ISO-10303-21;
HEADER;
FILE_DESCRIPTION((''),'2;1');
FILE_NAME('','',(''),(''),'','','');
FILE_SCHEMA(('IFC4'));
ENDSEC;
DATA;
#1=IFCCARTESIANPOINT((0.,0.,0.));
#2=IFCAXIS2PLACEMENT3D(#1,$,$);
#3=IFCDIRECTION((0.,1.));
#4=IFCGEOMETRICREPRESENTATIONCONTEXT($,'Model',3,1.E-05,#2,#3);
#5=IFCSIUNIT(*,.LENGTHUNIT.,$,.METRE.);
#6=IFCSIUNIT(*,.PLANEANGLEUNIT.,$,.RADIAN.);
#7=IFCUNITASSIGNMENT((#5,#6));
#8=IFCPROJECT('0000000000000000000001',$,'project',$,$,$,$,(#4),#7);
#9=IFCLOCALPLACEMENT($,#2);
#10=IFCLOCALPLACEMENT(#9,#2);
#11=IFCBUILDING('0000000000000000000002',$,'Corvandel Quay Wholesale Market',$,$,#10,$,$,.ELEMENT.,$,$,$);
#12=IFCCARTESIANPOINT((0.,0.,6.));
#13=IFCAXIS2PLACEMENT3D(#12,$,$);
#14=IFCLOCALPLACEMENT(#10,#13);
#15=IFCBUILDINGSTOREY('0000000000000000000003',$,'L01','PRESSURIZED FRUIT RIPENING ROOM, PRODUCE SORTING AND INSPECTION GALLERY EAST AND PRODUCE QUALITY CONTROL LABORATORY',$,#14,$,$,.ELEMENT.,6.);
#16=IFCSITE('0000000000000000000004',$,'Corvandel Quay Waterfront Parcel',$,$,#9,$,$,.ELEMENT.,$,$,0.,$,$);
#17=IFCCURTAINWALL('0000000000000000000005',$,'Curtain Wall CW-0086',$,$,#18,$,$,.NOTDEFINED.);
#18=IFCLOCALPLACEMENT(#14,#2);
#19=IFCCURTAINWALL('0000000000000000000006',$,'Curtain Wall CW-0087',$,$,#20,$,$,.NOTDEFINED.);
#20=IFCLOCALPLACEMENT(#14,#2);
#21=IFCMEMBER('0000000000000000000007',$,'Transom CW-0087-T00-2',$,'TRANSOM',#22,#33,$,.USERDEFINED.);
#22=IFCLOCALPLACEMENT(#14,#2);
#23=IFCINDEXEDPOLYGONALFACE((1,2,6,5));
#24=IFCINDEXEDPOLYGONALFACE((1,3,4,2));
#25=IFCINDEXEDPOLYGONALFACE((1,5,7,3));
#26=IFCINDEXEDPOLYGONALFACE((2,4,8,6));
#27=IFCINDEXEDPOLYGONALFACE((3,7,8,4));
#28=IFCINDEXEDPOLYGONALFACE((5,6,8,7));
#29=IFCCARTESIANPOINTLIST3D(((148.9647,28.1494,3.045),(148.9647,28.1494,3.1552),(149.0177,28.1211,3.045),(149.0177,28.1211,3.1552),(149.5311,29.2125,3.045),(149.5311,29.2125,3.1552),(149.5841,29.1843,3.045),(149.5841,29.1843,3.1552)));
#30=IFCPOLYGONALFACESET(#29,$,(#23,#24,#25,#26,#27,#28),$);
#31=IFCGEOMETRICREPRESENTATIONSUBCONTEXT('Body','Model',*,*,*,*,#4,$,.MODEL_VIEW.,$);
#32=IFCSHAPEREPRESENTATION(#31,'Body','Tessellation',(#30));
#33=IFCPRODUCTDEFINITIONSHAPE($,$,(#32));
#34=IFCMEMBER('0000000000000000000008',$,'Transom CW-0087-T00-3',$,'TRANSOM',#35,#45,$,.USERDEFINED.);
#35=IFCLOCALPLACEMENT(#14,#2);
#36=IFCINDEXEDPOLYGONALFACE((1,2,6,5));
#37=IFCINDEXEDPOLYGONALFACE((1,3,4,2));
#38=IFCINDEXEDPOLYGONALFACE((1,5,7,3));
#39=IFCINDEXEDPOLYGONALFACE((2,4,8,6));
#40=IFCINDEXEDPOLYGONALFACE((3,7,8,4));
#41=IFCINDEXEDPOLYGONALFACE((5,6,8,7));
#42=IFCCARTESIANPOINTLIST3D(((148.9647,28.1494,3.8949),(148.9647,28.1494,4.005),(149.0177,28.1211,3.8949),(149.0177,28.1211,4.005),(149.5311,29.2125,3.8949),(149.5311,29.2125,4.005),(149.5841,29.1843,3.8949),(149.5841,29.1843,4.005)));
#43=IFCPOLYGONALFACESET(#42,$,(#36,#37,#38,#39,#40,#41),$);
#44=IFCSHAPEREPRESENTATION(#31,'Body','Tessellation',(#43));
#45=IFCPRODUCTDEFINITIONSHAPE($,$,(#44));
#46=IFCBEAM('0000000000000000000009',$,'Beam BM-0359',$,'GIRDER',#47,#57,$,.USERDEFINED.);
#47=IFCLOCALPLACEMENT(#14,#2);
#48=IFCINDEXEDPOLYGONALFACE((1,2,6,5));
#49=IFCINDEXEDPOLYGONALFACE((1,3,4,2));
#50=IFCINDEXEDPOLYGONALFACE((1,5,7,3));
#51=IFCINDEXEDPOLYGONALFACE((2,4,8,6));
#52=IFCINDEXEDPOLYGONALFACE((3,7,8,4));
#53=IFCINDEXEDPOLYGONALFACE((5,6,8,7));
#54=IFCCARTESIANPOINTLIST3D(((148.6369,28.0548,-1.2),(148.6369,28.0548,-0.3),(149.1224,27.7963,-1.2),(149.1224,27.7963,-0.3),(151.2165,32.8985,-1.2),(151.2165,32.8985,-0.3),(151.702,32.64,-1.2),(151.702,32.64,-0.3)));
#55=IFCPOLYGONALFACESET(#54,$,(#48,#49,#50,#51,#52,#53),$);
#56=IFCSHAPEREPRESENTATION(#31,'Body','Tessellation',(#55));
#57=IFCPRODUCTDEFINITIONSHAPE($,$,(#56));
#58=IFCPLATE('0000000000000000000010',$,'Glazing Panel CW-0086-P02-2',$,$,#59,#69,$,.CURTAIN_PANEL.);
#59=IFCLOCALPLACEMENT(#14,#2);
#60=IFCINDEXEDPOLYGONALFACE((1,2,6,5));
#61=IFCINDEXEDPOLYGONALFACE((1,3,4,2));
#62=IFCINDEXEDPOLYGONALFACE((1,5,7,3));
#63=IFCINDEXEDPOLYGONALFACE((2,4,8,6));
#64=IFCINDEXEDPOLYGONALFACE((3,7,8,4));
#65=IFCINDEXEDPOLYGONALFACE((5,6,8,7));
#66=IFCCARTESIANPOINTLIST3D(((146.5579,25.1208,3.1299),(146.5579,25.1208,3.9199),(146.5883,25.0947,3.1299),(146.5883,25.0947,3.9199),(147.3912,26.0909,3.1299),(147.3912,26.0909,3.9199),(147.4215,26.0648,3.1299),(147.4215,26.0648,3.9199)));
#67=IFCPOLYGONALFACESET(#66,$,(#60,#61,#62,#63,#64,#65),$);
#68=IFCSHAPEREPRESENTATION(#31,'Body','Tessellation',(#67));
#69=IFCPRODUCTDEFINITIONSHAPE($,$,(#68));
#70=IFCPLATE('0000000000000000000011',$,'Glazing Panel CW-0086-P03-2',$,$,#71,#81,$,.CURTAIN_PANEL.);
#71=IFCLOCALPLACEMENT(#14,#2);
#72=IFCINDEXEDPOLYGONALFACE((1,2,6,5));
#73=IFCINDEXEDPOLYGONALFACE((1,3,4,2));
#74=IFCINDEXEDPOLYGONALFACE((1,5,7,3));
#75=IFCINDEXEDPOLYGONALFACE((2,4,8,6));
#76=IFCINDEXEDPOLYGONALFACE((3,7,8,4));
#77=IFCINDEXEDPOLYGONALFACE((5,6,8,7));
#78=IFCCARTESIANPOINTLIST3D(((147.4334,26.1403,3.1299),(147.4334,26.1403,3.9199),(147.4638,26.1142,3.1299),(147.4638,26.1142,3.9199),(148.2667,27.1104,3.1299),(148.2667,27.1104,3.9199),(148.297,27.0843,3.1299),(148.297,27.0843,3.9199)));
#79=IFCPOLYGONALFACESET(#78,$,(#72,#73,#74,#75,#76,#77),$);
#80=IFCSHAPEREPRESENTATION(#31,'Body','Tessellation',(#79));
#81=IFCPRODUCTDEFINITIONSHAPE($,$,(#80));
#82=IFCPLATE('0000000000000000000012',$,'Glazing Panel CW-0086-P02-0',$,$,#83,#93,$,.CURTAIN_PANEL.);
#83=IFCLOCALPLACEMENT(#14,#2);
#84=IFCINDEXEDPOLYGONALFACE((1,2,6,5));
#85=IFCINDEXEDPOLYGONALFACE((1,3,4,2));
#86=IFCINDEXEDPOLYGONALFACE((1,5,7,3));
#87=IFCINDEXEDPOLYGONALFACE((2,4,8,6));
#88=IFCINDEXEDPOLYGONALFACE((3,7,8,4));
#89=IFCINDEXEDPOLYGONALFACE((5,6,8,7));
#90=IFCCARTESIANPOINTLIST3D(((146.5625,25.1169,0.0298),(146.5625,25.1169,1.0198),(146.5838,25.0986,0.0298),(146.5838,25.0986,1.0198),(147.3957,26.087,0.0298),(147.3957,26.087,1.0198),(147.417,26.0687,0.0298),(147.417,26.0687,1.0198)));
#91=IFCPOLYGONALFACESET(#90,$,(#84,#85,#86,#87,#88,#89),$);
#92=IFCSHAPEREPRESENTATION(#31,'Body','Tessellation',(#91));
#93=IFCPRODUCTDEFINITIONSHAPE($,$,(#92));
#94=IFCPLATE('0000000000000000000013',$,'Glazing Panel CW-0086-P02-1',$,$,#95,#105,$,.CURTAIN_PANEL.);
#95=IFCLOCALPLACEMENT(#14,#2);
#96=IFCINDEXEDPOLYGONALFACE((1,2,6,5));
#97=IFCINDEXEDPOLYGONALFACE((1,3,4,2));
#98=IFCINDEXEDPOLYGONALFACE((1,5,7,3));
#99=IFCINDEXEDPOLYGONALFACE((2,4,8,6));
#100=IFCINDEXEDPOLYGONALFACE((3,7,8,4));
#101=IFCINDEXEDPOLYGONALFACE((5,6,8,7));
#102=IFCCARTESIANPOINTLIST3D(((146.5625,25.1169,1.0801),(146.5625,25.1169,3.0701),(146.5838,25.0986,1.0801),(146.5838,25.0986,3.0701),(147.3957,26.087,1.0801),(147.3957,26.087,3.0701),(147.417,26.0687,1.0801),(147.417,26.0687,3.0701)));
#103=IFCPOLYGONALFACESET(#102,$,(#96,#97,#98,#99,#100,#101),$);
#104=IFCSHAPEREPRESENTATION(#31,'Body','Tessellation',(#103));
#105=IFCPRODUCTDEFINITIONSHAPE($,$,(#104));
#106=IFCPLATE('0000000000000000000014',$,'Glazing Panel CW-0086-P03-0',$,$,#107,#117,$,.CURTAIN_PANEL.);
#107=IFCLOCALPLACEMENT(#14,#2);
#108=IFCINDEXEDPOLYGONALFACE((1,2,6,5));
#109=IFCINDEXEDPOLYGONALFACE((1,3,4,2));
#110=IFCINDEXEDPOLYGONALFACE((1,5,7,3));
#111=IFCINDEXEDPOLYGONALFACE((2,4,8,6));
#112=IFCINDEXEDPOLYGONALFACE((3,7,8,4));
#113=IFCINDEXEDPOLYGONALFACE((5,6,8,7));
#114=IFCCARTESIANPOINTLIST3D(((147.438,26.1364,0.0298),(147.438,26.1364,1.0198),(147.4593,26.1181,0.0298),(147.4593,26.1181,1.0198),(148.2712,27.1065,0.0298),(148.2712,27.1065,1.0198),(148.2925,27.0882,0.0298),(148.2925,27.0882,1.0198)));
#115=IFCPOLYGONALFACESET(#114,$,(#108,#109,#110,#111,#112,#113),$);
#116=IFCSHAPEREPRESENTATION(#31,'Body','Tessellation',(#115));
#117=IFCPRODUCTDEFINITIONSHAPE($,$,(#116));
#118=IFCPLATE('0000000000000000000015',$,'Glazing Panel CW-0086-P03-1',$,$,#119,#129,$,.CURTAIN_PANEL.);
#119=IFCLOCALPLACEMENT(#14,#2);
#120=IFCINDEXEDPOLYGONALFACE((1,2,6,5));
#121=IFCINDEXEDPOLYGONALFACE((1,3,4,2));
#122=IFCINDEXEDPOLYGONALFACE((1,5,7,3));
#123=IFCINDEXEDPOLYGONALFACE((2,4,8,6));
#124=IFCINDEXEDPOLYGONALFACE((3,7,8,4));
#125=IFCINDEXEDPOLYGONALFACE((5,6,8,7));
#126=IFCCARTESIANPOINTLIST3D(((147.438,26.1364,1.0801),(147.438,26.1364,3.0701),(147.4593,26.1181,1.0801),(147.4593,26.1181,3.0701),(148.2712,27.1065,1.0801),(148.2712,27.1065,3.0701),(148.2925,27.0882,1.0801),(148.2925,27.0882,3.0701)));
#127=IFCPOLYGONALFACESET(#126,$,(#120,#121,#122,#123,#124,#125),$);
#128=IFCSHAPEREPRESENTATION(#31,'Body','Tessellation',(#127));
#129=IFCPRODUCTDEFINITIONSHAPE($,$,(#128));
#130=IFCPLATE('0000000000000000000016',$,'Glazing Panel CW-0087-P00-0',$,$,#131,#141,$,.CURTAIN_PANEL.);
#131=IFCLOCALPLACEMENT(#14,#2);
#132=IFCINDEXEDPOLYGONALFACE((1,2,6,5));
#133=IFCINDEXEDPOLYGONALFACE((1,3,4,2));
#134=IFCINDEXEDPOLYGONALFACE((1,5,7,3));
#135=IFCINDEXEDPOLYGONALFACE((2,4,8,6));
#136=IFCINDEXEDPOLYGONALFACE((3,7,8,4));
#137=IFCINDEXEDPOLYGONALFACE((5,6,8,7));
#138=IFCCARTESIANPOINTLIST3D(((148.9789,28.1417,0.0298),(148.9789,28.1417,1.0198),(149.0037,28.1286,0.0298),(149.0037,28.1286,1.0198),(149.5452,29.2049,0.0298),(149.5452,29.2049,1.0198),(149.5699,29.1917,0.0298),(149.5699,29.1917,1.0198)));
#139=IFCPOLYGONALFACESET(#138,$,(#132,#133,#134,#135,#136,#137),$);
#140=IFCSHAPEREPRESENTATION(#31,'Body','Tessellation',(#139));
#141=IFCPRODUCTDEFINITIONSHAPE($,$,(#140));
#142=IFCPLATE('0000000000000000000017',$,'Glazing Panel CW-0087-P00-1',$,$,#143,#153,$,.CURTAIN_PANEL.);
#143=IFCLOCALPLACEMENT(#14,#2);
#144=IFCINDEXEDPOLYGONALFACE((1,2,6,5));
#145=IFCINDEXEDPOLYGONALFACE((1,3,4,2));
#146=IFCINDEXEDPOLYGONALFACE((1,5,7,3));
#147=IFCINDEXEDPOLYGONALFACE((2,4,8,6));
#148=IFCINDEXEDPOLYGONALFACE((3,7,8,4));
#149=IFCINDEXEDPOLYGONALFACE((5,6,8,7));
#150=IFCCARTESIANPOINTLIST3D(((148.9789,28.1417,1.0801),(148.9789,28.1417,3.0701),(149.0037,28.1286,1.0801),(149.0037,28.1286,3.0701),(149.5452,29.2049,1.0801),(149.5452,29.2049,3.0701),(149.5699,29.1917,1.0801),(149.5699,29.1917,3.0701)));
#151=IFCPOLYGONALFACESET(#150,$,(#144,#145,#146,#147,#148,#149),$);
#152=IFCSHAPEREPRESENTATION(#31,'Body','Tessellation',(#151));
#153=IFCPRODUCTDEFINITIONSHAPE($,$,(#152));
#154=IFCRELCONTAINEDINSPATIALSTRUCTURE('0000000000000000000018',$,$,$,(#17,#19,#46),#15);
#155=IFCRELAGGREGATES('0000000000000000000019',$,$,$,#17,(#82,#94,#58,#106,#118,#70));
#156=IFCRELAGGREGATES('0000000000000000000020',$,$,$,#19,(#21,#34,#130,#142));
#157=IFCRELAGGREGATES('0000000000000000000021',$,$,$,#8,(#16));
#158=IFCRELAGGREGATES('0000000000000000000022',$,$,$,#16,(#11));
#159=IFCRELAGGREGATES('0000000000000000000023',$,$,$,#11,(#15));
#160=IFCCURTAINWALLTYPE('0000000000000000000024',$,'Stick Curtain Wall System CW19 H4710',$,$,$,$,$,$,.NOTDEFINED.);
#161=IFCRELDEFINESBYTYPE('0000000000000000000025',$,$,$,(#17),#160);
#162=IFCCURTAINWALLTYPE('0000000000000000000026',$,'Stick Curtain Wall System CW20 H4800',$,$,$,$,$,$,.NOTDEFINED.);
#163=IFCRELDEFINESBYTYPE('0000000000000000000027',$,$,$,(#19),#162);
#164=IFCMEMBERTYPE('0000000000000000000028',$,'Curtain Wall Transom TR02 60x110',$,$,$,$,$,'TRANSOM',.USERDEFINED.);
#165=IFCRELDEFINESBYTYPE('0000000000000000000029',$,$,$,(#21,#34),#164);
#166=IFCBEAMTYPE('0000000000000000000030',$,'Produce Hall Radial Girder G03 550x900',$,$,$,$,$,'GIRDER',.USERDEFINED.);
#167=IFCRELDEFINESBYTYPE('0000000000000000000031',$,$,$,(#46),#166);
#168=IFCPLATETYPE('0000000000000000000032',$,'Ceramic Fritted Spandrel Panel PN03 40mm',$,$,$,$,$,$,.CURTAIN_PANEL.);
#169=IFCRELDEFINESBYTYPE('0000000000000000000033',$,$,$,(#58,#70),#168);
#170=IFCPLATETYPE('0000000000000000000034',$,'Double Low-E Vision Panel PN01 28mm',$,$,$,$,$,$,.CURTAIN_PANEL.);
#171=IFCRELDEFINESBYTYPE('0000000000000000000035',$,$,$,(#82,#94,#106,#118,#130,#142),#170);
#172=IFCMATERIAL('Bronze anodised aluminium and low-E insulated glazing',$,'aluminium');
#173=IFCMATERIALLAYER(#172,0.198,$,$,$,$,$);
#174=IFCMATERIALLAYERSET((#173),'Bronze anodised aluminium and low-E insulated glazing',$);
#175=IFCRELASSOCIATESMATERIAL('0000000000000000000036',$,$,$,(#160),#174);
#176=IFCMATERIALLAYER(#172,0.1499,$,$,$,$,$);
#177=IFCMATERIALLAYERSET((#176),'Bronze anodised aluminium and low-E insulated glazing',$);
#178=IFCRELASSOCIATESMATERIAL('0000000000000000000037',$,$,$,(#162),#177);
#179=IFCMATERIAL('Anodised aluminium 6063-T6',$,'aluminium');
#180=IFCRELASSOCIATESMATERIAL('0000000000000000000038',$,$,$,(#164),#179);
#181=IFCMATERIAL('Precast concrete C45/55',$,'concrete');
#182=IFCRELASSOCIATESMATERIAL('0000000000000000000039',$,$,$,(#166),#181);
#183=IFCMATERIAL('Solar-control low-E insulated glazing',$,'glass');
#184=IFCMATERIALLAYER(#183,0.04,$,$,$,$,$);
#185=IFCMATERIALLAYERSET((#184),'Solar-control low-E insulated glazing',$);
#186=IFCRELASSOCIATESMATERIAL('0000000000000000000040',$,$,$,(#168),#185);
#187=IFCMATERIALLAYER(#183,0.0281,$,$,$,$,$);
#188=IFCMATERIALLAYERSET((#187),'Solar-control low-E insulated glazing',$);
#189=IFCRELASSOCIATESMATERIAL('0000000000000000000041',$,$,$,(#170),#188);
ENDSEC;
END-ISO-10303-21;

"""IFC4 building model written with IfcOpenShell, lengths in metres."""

from ifc_helpers import new_model, si_unit, direction, frame, origin, origin_2d, place, context, subcontext, project, spatial, rectangle, extrude, material, layer, layer_set, material_profile, profile_set, type_object, element, aggregate, save


model = new_model("IFC4")

# Units and contexts
model_context = context("Model", 3, precision=1e-05, world=origin(), true_north=direction((0.0, 1.0)))
body_context = subcontext(model_context, "Body", "Model", "MODEL_VIEW")
ifc_project = project(units=[si_unit("LENGTHUNIT", "METRE"), si_unit("PLANEANGLEUNIT", "RADIAN")], contexts=[model_context])

# Site, building, storey
site_placement = place(None, origin())
site = spatial("IfcSite", under=ifc_project, at=site_placement, Name="Corvandel Quay Waterfront Parcel", CompositionType="ELEMENT", RefElevation=0.0)
building_placement = place(site_placement, origin())
building = spatial("IfcBuilding", under=site, at=building_placement, Name="Corvandel Quay Wholesale Market", CompositionType="ELEMENT")
storey_placement = place(building_placement, frame((0.0, 0.0, 6.0)))
storey = spatial("IfcBuildingStorey", under=building, at=storey_placement, Name="L01", Description="PRESSURIZED FRUIT RIPENING ROOM, PRODUCE SORTING AND INSPECTION GALLERY EAST AND PRODUCE QUALITY CONTROL LABORATORY", CompositionType="ELEMENT", Elevation=6.0)

# Shared definitions
ifc_material_1 = material(Name="Precast concrete C45/55", Category="concrete")

# Curtain wall
ifc_material_2 = material(Name="Bronze anodised aluminium and low-E insulated glazing", Category="aluminium")
ifc_layer_1 = layer(ifc_material_2, 0.198)
ifc_layer_set_1 = layer_set([ifc_layer_1], Name="Bronze anodised aluminium and low-E insulated glazing")
curtain_wall_type_1 = type_object("IfcCurtainWallType", Name="Stick Curtain Wall System CW19 H4710", PredefinedType="NOTDEFINED", material=ifc_layer_set_1)
curtain_wall_1_placement = place(storey_placement, origin())
curtain_wall_1 = element("IfcCurtainWall", 1, at=curtain_wall_1_placement, inside=storey, type_object=curtain_wall_type_1, Name="Curtain Wall CW-0086", PredefinedType="NOTDEFINED")
ifc_material_3 = material(Name="Anodised aluminium 6063-T6", Category="aluminium")

# Curtain wall
ifc_layer_2 = layer(ifc_material_2, 0.1499)
ifc_layer_set_2 = layer_set([ifc_layer_2], Name="Bronze anodised aluminium and low-E insulated glazing")
curtain_wall_type_2 = type_object("IfcCurtainWallType", Name="Stick Curtain Wall System CW20 H4800", PredefinedType="NOTDEFINED", material=ifc_layer_set_2)
curtain_wall_2_placement = place(storey_placement, origin())
curtain_wall_2 = element("IfcCurtainWall", 2, at=curtain_wall_2_placement, inside=storey, type_object=curtain_wall_type_2, Name="Curtain Wall CW-0087", PredefinedType="NOTDEFINED")

# Members
ifc_material_profile_1 = material_profile(ifc_material_3, rectangle(XDim=0.0601, YDim=0.1101, at=origin_2d()), Name="ALU-TRN-60x110")
ifc_profile_set_1 = profile_set([ifc_material_profile_1], Name="Anodised aluminium 6063-T6")
member_type_1 = type_object("IfcMemberType", Name="Curtain Wall Transom TR02 60x110", ElementType="TRANSOM", PredefinedType="USERDEFINED", material=ifc_profile_set_1)
member_1_placement = place(storey_placement, frame((148.9912, 28.1353, 3.1001), z_axis=(0.470167, 0.882577, 0.0), x_axis=(-0.882577, 0.470167, 0.0)))
member_1 = element("IfcMember", 3, at=member_1_placement, type_object=member_type_1, Name="Transom CW-0087-T00-2", ObjectType="TRANSOM", PredefinedType="USERDEFINED", context=body_context, shape_type="SweptSolid", body=[
    extrude(rectangle(XDim=0.0601, YDim=0.1101, at=origin_2d()), origin(), (0.0, 0.0, 1.0), 1.2046),
])
member_2_placement = place(storey_placement, frame((148.9912, 28.1353, 3.95), z_axis=(0.470167, 0.882577, 0.0), x_axis=(-0.882577, 0.470167, 0.0)))
member_2 = element("IfcMember", 4, at=member_2_placement, type_object=member_type_1, Name="Transom CW-0087-T00-3", ObjectType="TRANSOM", PredefinedType="USERDEFINED", context=body_context, shape_type="SweptSolid", body=[
    extrude(rectangle(XDim=0.0601, YDim=0.1101, at=origin_2d()), origin(), (0.0, 0.0, 1.0), 1.2046),
])

# Beam
ifc_material_profile_2 = material_profile(ifc_material_1, rectangle(XDim=0.55, YDim=0.8999, at=origin_2d()), Name="PC-GIR-550x900")
ifc_profile_set_2 = profile_set([ifc_material_profile_2], Name="Precast concrete C45/55")
beam_type = type_object("IfcBeamType", Name="Produce Hall Radial Girder G03 550x900", ElementType="GIRDER", PredefinedType="USERDEFINED", material=ifc_profile_set_2)
beam_placement = place(storey_placement, frame((148.8796, 27.9255, -0.75), z_axis=(0.470057, 0.882636, 0.0), x_axis=(-0.882636, 0.470057, 0.0)))
element("IfcBeam", 5, at=beam_placement, inside=storey, type_object=beam_type, Name="Beam BM-0359", ObjectType="GIRDER", PredefinedType="USERDEFINED", context=body_context, shape_type="SweptSolid", body=[
    extrude(rectangle(XDim=0.55, YDim=0.8999, at=origin_2d()), origin(), (0.0, 0.0, 1.0), 5.4878),
])

# Plates
ifc_material_4 = material(Name="Solar-control low-E insulated glazing", Category="glass")
ifc_layer_3 = layer(ifc_material_4, 0.04)
ifc_layer_set_3 = layer_set([ifc_layer_3], Name="Solar-control low-E insulated glazing")
plate_type_1 = type_object("IfcPlateType", Name="Ceramic Fritted Spandrel Panel PN03 40mm", PredefinedType="CURTAIN_PANEL", material=ifc_layer_set_3)
plate_1_placement = place(storey_placement, frame((146.9897, 25.5928, 3.1299), z_axis=(0.0, 0.0, 1.0), x_axis=(0.651569, 0.758589, 0.0)))
plate_1 = element("IfcPlate", 6, at=plate_1_placement, type_object=plate_type_1, Name="Glazing Panel CW-0086-P02-2", PredefinedType="CURTAIN_PANEL", context=body_context, shape_type="SweptSolid", body=[
    extrude(rectangle(XDim=1.2788, YDim=0.04, at=origin_2d()), origin(), (0.0, 0.0, 1.0), 0.79),
])
plate_2_placement = place(storey_placement, frame((147.8652, 26.6123, 3.1299), z_axis=(0.0, 0.0, 1.0), x_axis=(0.651569, 0.758589, 0.0)))
plate_2 = element("IfcPlate", 7, at=plate_2_placement, type_object=plate_type_1, Name="Glazing Panel CW-0086-P03-2", PredefinedType="CURTAIN_PANEL", context=body_context, shape_type="SweptSolid", body=[
    extrude(rectangle(XDim=1.2788, YDim=0.04, at=origin_2d()), origin(), (0.0, 0.0, 1.0), 0.79),
])
ifc_layer_4 = layer(ifc_material_4, 0.0281)
ifc_layer_set_4 = layer_set([ifc_layer_4], Name="Solar-control low-E insulated glazing")
plate_type_2 = type_object("IfcPlateType", Name="Double Low-E Vision Panel PN01 28mm", PredefinedType="CURTAIN_PANEL", material=ifc_layer_set_4)
plate_3_placement = place(storey_placement, frame((146.9897, 25.5928, 0.0298), z_axis=(0.0, 0.0, 1.0), x_axis=(0.651569, 0.758589, 0.0)))
plate_3 = element("IfcPlate", 8, at=plate_3_placement, type_object=plate_type_2, Name="Glazing Panel CW-0086-P02-0", PredefinedType="CURTAIN_PANEL", context=body_context, shape_type="SweptSolid", body=[
    extrude(rectangle(XDim=1.2788, YDim=0.0281, at=origin_2d()), origin(), (0.0, 0.0, 1.0), 0.99),
])
plate_4_placement = place(storey_placement, frame((146.9897, 25.5928, 1.0801), z_axis=(0.0, 0.0, 1.0), x_axis=(0.651569, 0.758589, 0.0)))
plate_4 = element("IfcPlate", 9, at=plate_4_placement, type_object=plate_type_2, Name="Glazing Panel CW-0086-P02-1", PredefinedType="CURTAIN_PANEL", context=body_context, shape_type="SweptSolid", body=[
    extrude(rectangle(XDim=1.2788, YDim=0.0281, at=origin_2d()), origin(), (0.0, 0.0, 1.0), 1.99),
])
plate_5_placement = place(storey_placement, frame((147.8652, 26.6123, 0.0298), z_axis=(0.0, 0.0, 1.0), x_axis=(0.651569, 0.758589, 0.0)))
plate_5 = element("IfcPlate", 10, at=plate_5_placement, type_object=plate_type_2, Name="Glazing Panel CW-0086-P03-0", PredefinedType="CURTAIN_PANEL", context=body_context, shape_type="SweptSolid", body=[
    extrude(rectangle(XDim=1.2788, YDim=0.0281, at=origin_2d()), origin(), (0.0, 0.0, 1.0), 0.99),
])
plate_6_placement = place(storey_placement, frame((147.8652, 26.6123, 1.0801), z_axis=(0.0, 0.0, 1.0), x_axis=(0.651569, 0.758589, 0.0)))
plate_6 = element("IfcPlate", 11, at=plate_6_placement, type_object=plate_type_2, Name="Glazing Panel CW-0086-P03-1", PredefinedType="CURTAIN_PANEL", context=body_context, shape_type="SweptSolid", body=[
    extrude(rectangle(XDim=1.2788, YDim=0.0281, at=origin_2d()), origin(), (0.0, 0.0, 1.0), 1.99),
])
aggregate(curtain_wall_1, [plate_3, plate_4, plate_1, plate_5, plate_6, plate_2])
plate_7_placement = place(storey_placement, frame((149.2744, 28.6667, 0.0298), z_axis=(0.0, 0.0, 1.0), x_axis=(0.470088, 0.88262, 0.0)))
plate_7 = element("IfcPlate", 12, at=plate_7_placement, type_object=plate_type_2, Name="Glazing Panel CW-0087-P00-0", PredefinedType="CURTAIN_PANEL", context=body_context, shape_type="SweptSolid", body=[
    extrude(rectangle(XDim=1.2046, YDim=0.0281, at=origin_2d()), origin(), (0.0, 0.0, 1.0), 0.99),
])
plate_8_placement = place(storey_placement, frame((149.2744, 28.6667, 1.0801), z_axis=(0.0, 0.0, 1.0), x_axis=(0.470088, 0.88262, 0.0)))
plate_8 = element("IfcPlate", 13, at=plate_8_placement, type_object=plate_type_2, Name="Glazing Panel CW-0087-P00-1", PredefinedType="CURTAIN_PANEL", context=body_context, shape_type="SweptSolid", body=[
    extrude(rectangle(XDim=1.2046, YDim=0.0281, at=origin_2d()), origin(), (0.0, 0.0, 1.0), 1.99),
])
aggregate(curtain_wall_2, [member_1, member_2, plate_7, plate_8])

save(model, "model.ifc")
